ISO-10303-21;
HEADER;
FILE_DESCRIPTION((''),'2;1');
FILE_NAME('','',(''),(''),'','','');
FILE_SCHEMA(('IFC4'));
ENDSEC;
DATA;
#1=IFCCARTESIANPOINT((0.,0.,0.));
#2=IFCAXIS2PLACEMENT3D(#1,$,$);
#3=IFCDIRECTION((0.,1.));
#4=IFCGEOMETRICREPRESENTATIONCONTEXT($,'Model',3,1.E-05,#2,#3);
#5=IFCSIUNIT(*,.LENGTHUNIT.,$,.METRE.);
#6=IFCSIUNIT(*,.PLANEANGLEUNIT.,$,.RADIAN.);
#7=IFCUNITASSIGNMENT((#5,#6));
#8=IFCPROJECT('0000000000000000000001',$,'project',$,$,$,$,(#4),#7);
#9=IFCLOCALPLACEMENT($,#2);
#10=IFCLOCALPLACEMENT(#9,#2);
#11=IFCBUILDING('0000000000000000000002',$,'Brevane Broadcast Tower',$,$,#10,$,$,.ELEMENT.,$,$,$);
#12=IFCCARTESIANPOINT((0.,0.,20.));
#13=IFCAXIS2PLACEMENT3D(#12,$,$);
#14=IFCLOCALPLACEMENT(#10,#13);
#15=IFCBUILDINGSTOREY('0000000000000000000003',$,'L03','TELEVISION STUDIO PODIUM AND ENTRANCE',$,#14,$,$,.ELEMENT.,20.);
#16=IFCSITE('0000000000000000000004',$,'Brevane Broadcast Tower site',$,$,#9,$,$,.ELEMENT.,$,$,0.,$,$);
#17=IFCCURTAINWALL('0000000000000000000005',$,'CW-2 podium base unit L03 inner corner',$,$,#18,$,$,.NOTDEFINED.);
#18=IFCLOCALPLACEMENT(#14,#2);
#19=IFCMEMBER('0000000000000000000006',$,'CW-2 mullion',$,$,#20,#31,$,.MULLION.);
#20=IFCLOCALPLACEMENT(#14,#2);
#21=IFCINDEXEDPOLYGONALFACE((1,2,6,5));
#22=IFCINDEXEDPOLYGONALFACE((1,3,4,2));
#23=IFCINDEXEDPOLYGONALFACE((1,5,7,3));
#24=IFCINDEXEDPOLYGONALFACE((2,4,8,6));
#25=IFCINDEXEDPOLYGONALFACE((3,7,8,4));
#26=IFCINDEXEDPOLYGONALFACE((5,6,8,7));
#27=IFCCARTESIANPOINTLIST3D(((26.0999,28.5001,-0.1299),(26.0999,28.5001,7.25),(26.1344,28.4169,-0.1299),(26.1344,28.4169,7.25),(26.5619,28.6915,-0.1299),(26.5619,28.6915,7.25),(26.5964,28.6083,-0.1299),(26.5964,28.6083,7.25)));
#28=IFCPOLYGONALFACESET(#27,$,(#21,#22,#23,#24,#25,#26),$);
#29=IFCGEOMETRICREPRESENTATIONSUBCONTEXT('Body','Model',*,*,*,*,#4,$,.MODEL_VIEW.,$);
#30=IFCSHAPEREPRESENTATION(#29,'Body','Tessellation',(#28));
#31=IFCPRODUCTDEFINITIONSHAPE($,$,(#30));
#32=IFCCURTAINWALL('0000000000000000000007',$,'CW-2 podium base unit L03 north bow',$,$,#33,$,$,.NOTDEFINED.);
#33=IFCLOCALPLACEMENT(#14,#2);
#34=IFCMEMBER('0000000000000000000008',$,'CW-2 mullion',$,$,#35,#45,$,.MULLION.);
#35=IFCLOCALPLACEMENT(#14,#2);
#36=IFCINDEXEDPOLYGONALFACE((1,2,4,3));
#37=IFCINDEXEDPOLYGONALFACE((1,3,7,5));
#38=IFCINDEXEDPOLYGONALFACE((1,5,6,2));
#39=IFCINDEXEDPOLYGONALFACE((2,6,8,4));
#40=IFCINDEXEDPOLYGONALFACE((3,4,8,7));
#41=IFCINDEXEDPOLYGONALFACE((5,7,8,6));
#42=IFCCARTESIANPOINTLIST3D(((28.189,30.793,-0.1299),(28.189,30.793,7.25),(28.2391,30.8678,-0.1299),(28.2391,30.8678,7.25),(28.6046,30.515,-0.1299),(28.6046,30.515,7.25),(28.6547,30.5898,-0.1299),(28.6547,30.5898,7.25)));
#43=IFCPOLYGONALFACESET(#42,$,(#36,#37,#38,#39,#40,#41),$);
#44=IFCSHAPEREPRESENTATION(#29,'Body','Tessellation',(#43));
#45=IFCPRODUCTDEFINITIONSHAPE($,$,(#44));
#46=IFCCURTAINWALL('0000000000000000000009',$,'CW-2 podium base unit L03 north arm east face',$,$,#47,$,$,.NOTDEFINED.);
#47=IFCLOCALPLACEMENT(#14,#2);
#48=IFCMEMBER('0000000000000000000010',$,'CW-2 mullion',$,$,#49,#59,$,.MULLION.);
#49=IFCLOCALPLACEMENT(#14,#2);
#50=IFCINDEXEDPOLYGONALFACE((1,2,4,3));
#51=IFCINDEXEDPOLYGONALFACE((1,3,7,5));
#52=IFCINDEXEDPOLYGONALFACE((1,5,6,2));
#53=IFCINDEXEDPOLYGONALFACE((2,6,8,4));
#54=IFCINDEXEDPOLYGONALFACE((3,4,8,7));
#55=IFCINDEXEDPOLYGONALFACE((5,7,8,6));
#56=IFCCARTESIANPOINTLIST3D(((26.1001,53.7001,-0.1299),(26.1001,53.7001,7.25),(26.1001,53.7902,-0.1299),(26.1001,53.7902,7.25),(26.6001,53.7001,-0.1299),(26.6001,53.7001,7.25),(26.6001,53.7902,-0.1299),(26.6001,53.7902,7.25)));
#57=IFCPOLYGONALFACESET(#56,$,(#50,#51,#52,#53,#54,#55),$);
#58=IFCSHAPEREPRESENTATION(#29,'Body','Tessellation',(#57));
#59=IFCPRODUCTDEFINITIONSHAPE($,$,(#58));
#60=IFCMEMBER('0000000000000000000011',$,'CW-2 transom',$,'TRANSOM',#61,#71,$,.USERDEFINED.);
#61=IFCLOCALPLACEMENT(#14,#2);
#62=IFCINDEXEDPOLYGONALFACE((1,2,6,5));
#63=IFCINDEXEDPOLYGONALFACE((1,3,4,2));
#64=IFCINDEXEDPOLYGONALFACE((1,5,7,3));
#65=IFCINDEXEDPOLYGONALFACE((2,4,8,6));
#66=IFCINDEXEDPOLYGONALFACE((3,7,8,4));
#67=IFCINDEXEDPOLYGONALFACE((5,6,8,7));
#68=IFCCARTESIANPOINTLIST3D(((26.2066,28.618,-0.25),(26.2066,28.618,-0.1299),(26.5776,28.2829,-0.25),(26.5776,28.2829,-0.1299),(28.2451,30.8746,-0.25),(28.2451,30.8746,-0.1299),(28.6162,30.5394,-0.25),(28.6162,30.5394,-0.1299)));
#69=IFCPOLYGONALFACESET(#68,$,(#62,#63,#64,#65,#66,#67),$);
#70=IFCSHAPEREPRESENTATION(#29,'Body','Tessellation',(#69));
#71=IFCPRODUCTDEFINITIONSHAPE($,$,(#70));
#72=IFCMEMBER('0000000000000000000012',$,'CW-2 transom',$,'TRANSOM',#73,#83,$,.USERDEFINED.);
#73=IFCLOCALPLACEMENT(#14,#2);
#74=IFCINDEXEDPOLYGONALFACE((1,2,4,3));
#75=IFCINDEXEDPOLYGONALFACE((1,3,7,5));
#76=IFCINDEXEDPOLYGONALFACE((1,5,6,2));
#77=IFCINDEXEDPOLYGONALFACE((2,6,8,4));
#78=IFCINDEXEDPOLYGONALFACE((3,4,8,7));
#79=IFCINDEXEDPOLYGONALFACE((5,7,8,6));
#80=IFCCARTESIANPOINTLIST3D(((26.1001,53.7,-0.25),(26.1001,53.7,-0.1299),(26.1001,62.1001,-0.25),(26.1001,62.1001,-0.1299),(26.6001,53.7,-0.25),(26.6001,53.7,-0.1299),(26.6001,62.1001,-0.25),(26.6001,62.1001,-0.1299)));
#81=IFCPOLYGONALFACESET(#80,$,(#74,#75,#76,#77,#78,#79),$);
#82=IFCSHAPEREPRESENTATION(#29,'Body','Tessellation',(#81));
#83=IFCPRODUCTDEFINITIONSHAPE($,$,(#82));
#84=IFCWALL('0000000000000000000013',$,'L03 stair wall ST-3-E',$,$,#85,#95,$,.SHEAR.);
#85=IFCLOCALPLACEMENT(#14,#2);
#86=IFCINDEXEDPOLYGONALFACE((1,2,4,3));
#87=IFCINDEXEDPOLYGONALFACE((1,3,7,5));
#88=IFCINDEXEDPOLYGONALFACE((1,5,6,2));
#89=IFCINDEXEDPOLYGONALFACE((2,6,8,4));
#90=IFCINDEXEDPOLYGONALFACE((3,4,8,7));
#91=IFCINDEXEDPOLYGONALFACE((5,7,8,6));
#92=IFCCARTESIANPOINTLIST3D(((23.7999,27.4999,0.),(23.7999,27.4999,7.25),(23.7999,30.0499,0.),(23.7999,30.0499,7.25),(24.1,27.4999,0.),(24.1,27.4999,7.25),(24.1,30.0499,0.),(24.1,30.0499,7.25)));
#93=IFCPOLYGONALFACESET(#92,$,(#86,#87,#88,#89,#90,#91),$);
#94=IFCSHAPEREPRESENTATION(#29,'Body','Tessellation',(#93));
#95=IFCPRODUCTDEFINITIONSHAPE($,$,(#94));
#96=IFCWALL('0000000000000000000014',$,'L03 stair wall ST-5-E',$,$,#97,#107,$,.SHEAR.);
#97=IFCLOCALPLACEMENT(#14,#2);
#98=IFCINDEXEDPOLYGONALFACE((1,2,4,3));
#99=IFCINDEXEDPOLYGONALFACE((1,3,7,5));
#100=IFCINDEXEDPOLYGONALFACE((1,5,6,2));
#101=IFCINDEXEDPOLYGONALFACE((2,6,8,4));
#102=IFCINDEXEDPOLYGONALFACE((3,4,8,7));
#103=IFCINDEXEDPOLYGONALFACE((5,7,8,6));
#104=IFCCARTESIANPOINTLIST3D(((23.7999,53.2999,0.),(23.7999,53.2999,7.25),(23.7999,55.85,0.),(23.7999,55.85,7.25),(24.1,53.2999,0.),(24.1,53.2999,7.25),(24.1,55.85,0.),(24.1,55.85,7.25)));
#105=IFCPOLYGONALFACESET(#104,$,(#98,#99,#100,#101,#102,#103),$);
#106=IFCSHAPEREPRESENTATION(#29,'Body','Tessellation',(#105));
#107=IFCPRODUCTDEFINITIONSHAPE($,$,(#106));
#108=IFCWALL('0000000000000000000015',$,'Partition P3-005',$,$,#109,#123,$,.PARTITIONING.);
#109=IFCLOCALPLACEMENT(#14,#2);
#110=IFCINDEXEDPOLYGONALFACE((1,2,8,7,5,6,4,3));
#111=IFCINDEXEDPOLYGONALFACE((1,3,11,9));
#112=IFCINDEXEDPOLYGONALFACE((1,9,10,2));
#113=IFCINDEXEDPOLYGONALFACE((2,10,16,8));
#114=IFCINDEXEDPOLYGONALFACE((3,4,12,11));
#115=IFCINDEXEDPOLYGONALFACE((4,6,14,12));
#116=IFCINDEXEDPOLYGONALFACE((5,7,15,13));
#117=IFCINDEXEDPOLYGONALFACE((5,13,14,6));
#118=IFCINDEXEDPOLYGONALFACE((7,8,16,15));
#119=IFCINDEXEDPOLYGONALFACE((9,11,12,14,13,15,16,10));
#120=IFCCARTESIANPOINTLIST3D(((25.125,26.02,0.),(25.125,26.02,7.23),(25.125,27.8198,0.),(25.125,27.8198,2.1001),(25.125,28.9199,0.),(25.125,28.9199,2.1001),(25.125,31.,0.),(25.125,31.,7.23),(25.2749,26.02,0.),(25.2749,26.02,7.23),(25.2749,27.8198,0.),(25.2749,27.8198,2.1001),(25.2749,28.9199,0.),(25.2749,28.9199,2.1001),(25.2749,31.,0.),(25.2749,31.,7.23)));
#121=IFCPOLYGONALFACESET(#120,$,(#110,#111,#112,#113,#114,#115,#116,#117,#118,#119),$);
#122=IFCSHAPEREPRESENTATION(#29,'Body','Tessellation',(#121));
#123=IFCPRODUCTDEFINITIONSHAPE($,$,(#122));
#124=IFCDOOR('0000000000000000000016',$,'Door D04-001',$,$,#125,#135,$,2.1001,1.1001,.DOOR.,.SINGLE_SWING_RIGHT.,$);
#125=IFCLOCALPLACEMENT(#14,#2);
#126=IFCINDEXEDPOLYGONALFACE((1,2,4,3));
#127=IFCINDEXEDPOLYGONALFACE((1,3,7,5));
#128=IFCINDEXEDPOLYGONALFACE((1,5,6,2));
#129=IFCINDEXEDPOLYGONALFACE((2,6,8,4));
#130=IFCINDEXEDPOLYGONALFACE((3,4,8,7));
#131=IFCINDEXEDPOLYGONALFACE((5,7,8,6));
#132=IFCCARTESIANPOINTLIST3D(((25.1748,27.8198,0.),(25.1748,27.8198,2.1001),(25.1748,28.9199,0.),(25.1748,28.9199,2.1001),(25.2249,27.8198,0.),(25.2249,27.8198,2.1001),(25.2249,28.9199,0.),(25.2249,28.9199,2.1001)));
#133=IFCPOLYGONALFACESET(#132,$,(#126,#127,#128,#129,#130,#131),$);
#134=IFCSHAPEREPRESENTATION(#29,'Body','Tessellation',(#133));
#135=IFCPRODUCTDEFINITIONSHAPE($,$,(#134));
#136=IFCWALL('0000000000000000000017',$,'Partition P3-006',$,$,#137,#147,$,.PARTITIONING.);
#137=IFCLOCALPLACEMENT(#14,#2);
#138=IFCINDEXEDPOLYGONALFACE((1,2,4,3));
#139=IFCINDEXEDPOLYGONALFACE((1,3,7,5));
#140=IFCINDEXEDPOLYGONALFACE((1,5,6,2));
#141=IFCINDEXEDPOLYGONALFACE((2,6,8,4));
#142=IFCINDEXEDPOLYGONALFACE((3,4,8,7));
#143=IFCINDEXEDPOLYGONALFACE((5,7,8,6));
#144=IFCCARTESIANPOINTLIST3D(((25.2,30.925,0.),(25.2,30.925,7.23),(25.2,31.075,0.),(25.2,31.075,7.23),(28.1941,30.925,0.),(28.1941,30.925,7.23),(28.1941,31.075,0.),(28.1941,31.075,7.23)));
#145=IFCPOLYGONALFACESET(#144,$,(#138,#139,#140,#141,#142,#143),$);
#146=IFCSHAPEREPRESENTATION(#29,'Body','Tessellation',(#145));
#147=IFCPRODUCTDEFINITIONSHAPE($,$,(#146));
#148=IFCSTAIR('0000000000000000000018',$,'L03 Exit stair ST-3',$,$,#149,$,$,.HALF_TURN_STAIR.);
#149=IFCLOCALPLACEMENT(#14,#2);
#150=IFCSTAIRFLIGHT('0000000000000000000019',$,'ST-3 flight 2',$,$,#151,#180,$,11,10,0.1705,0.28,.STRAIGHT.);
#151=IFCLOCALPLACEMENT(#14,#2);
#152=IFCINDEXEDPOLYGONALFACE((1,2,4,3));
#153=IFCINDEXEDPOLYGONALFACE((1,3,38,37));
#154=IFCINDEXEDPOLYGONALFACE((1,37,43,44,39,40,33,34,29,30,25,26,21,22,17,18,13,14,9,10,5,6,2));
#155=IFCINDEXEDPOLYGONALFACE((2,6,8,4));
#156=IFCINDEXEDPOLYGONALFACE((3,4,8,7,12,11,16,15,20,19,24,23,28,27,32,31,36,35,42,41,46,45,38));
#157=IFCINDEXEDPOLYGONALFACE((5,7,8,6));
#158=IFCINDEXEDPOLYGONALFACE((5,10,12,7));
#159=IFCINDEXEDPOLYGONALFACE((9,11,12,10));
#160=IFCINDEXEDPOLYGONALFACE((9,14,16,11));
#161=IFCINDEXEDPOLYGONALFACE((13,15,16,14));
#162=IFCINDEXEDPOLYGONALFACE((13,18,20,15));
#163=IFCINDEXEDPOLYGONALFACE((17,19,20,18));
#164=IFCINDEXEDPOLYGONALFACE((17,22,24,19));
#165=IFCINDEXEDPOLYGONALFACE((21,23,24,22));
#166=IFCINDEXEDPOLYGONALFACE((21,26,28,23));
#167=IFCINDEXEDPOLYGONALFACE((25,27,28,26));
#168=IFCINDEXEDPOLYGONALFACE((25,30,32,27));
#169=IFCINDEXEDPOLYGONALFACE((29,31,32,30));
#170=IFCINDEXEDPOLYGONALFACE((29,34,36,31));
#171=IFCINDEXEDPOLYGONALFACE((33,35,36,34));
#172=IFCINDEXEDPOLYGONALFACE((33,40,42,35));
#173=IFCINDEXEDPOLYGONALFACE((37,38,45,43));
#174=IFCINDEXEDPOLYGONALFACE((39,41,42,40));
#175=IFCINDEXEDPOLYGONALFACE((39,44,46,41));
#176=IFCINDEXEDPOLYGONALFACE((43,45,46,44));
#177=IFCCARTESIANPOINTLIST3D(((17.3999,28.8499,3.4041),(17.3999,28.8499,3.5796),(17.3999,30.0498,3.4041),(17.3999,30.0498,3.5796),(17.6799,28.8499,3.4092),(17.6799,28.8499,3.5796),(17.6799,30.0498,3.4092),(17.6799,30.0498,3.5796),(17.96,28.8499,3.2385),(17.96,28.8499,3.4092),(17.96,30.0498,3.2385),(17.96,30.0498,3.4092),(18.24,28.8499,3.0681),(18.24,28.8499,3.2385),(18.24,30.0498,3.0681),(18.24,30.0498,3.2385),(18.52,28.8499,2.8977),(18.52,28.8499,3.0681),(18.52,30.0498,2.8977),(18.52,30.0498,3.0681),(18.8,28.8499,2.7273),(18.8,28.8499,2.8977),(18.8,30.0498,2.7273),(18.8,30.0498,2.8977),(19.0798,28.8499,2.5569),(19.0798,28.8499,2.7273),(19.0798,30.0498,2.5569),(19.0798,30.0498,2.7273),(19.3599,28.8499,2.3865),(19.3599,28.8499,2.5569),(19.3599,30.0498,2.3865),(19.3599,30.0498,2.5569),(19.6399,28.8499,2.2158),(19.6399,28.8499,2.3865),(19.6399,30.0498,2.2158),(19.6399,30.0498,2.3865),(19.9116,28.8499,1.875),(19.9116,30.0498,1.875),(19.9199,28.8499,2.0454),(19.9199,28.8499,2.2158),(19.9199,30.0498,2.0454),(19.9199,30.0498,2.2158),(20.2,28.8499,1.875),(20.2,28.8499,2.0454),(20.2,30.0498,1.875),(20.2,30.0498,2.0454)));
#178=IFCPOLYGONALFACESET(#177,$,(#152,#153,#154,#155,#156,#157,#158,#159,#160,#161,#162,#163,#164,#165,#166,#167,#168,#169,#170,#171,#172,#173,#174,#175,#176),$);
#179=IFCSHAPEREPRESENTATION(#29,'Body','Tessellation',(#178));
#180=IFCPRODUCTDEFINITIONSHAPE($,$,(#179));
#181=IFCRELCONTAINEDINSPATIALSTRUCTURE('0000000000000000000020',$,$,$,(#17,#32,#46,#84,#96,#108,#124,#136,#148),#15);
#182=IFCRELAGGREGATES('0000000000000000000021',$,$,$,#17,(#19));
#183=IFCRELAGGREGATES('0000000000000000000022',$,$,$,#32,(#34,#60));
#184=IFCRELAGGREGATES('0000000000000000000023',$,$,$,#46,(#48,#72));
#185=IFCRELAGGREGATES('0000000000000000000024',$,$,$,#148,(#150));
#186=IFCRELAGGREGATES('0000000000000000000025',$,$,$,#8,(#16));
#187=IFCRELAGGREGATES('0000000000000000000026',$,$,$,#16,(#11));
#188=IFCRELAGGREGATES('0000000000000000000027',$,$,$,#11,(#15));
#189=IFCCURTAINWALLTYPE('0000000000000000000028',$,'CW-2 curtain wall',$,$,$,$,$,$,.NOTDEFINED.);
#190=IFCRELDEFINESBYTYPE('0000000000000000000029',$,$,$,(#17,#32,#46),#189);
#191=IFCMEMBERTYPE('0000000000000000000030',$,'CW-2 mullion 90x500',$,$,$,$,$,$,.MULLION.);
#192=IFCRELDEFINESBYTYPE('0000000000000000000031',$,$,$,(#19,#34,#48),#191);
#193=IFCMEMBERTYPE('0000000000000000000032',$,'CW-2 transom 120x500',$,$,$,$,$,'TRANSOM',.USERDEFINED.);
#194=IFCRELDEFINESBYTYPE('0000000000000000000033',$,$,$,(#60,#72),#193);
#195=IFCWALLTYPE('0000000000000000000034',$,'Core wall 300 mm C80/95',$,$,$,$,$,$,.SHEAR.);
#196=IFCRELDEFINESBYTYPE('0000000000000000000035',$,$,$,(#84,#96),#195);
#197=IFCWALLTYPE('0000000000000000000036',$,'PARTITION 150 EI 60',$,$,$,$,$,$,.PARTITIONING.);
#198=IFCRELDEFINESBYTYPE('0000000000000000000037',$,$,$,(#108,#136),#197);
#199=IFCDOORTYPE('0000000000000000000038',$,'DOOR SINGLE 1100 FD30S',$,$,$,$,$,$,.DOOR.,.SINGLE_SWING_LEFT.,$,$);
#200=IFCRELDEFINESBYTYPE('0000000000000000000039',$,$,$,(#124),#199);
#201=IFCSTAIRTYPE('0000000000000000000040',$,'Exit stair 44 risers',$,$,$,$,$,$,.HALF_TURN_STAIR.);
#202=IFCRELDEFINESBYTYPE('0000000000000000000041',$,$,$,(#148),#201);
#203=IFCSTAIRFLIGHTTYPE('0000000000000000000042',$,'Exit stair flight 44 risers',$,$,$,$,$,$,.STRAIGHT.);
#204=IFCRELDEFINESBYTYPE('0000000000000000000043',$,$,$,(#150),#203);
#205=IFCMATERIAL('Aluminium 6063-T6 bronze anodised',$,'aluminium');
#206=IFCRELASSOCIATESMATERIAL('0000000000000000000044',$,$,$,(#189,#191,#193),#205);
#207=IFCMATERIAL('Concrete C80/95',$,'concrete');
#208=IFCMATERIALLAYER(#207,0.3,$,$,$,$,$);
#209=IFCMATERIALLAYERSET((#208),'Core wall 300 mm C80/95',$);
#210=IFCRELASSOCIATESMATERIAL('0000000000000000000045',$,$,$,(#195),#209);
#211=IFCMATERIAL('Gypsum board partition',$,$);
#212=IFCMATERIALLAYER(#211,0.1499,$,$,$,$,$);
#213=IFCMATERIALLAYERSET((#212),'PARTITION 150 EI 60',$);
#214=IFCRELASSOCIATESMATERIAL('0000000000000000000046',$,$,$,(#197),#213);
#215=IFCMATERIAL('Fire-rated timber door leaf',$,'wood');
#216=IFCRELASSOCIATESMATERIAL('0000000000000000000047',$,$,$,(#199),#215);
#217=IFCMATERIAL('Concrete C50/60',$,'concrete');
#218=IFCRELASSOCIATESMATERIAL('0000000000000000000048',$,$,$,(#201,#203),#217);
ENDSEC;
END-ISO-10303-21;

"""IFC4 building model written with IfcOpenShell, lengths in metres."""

from ifc_helpers import new_model, si_unit, direction, frame, frame_2d, origin, origin_2d, place, context, subcontext, project, spatial, polyline, rectangle, outline, extrude, material, layer, layer_set, material_profile, profile_set, type_object, element, fill, aggregate, save


model = new_model("IFC4")

# Units and contexts
model_context = context("Model", 3, precision=1e-05, world=origin(), true_north=direction((0.0, 1.0)))
body_context = subcontext(model_context, "Body", "Model", "MODEL_VIEW")
ifc_project = project(units=[si_unit("LENGTHUNIT", "METRE"), si_unit("PLANEANGLEUNIT", "RADIAN")], contexts=[model_context])

# Site, building, storey
site_placement = place(None, origin())
site = spatial("IfcSite", under=ifc_project, at=site_placement, Name="Brevane Broadcast Tower site", CompositionType="ELEMENT", RefElevation=0.0)
building_placement = place(site_placement, origin())
building = spatial("IfcBuilding", under=site, at=building_placement, Name="Brevane Broadcast Tower", CompositionType="ELEMENT")
storey_placement = place(building_placement, frame((0.0, 0.0, 20.0)))
storey = spatial("IfcBuildingStorey", under=building, at=storey_placement, Name="L03", Description="TELEVISION STUDIO PODIUM AND ENTRANCE", CompositionType="ELEMENT", Elevation=20.0)

# Curtain walls, members
ifc_material_1 = material(Name="Aluminium 6063-T6 bronze anodised", Category="aluminium")
curtain_wall_type = type_object("IfcCurtainWallType", Name="CW-2 curtain wall", PredefinedType="NOTDEFINED", material=ifc_material_1)
curtain_wall_1_placement = place(storey_placement, origin())
curtain_wall_1 = element("IfcCurtainWall", 1, at=curtain_wall_1_placement, inside=storey, type_object=curtain_wall_type, Name="CW-2 podium base unit L03 inner corner", PredefinedType="NOTDEFINED")
ifc_material_profile_1 = material_profile(ifc_material_1, rectangle(XDim=0.5, YDim=0.0901, at=origin_2d()), Name="RECT 90x500")
ifc_profile_set_1 = profile_set([ifc_material_profile_1], Name="Aluminium 6063-T6 bronze anodised")
member_type_1 = type_object("IfcMemberType", Name="CW-2 mullion 90x500", PredefinedType="MULLION", material=ifc_profile_set_1)
member_1_placement = place(storey_placement, frame((26.3481, 28.5542, -0.1299), z_axis=(0.0, 0.0, 1.0), x_axis=(-0.923879, -0.382684, 0.0)))
member_1 = element("IfcMember", 2, at=member_1_placement, type_object=member_type_1, Name="CW-2 mullion", PredefinedType="MULLION", context=body_context, shape_type="SweptSolid", body=[
    extrude(rectangle(XDim=0.5, YDim=0.0901, at=origin_2d()), origin(), (0.0, 0.0, 1.0), 7.3799),
])
aggregate(curtain_wall_1, [member_1])
curtain_wall_2_placement = place(storey_placement, origin())
curtain_wall_2 = element("IfcCurtainWall", 3, at=curtain_wall_2_placement, inside=storey, type_object=curtain_wall_type, Name="CW-2 podium base unit L03 north bow", PredefinedType="NOTDEFINED")
member_2_placement = place(storey_placement, frame((28.4219, 30.6914, -0.1299), z_axis=(0.0, 0.0, 1.0), x_axis=(-0.831184, 0.555997, 0.0)))
member_2 = element("IfcMember", 4, at=member_2_placement, type_object=member_type_1, Name="CW-2 mullion", PredefinedType="MULLION", context=body_context, shape_type="SweptSolid", body=[
    extrude(rectangle(XDim=0.5, YDim=0.0901, at=origin_2d()), origin(), (0.0, 0.0, 1.0), 7.3799),
])
curtain_wall_3_placement = place(storey_placement, origin())
curtain_wall_3 = element("IfcCurtainWall", 5, at=curtain_wall_3_placement, inside=storey, type_object=curtain_wall_type, Name="CW-2 podium base unit L03 north arm east face", PredefinedType="NOTDEFINED")
member_3_placement = place(storey_placement, frame((26.3501, 53.7451, -0.1299), z_axis=(0.0, 0.0, 1.0), x_axis=(-1.0, 0.0, 0.0)))
member_3 = element("IfcMember", 6, at=member_3_placement, type_object=member_type_1, Name="CW-2 mullion", PredefinedType="MULLION", context=body_context, shape_type="SweptSolid", body=[
    extrude(rectangle(XDim=0.5, YDim=0.0901, at=origin_2d()), origin(), (0.0, 0.0, 1.0), 7.3799),
])

# Members
ifc_material_profile_2 = material_profile(ifc_material_1, rectangle(XDim=0.5, YDim=0.1201, at=origin_2d()), Name="RECT 120x500")
ifc_profile_set_2 = profile_set([ifc_material_profile_2], Name="Aluminium 6063-T6 bronze anodised")
member_type_2 = type_object("IfcMemberType", Name="CW-2 transom 120x500", ElementType="TRANSOM", PredefinedType="USERDEFINED", material=ifc_profile_set_2)
member_4_placement = place(storey_placement, frame((26.3921, 28.4504, -0.1899), z_axis=(0.670352, 0.742043, 0.0), x_axis=(-0.742043, 0.670352, 0.0)))
member_4 = element("IfcMember", 7, at=member_4_placement, type_object=member_type_2, Name="CW-2 transom", ObjectType="TRANSOM", PredefinedType="USERDEFINED", context=body_context, shape_type="SweptSolid", body=[
    extrude(rectangle(XDim=0.5, YDim=0.1201, at=origin_2d()), origin(), (0.0, 0.0, 1.0), 3.041),
])
aggregate(curtain_wall_2, [member_2, member_4])
member_5_placement = place(storey_placement, frame((26.3501, 53.7, -0.1899), z_axis=(0.0, 1.0, 0.0), x_axis=(-1.0, 0.0, 0.0)))
member_5 = element("IfcMember", 8, at=member_5_placement, type_object=member_type_2, Name="CW-2 transom", ObjectType="TRANSOM", PredefinedType="USERDEFINED", context=body_context, shape_type="SweptSolid", body=[
    extrude(rectangle(XDim=0.5, YDim=0.1201, at=origin_2d()), origin(), (0.0, 0.0, 1.0), 8.4001),
])
aggregate(curtain_wall_3, [member_3, member_5])

# Walls
ifc_material_2 = material(Name="Concrete C80/95", Category="concrete")
ifc_layer_1 = layer(ifc_material_2, 0.3)
ifc_layer_set_1 = layer_set([ifc_layer_1], Name="Core wall 300 mm C80/95")
wall_type_1 = type_object("IfcWallType", Name="Core wall 300 mm C80/95", PredefinedType="SHEAR", material=ifc_layer_set_1)
for number, where, z_axis, x_axis, name in (
    (9, (23.95, 27.5, 0.0), (0.0, 0.0, 1.0), (0.0, 1.0, 0.0), "L03 stair wall ST-3-E"),
    (10, (23.95, 53.3, 0.0), (0.0, 0.0, 1.0), (0.0, 1.0, 0.0), "L03 stair wall ST-5-E"),
):
    element("IfcWall", number, at=place(storey_placement, frame(where, z_axis=z_axis, x_axis=x_axis)), inside=storey, type_object=wall_type_1, Name=name, PredefinedType="SHEAR", context=body_context, shape_type="SweptSolid", body=[
        extrude(rectangle(XDim=2.55, YDim=0.3, at=frame_2d((1.2749, 0.0))), origin(), (0.0, 0.0, 1.0), 7.25),
    ])

# Wall, opening, door
ifc_material_3 = material(Name="Gypsum board partition")
ifc_layer_2 = layer(ifc_material_3, 0.1499)
ifc_layer_set_2 = layer_set([ifc_layer_2], Name="PARTITION 150 EI 60")
wall_type_2 = type_object("IfcWallType", Name="PARTITION 150 EI 60", PredefinedType="PARTITIONING", material=ifc_layer_set_2)
wall_1_placement = place(storey_placement, frame((25.2, 31.0, 0.0), z_axis=(0.0, 0.0, 1.0), x_axis=(0.0, -1.0, 0.0)))
wall_1 = element("IfcWall", 11, at=wall_1_placement, inside=storey, type_object=wall_type_2, Name="Partition P3-005", PredefinedType="PARTITIONING", context=body_context, shape_type="SweptSolid", body=[
    extrude(rectangle(XDim=4.98, YDim=0.1499, at=frame_2d((2.49, 0.0))), origin(), (0.0, 0.0, 1.0), 7.23),
])
opening_placement = place(wall_1_placement, frame((2.0801, 0.0, 0.0)))
opening = element("IfcOpeningElement", 12, at=opening_placement, cuts=wall_1, PredefinedType="OPENING", context=body_context, shape_type="SweptSolid", body=[
    extrude(rectangle(XDim=1.1001, YDim=2.1001, at=frame_2d((0.55, 1.05))), frame((0.0, 0.085, 0.0), z_axis=(0.0, -1.0, 0.0), x_axis=(1.0, 0.0, 0.0)), (0.0, 0.0, 1.0), 0.1699),
])
ifc_material_4 = material(Name="Fire-rated timber door leaf", Category="wood")
door_type = type_object("IfcDoorType", Name="DOOR SINGLE 1100 FD30S", OperationType="SINGLE_SWING_LEFT", PredefinedType="DOOR", material=ifc_material_4)
door_placement = place(opening_placement, origin())
door = element("IfcDoor", 13, at=door_placement, inside=storey, type_object=door_type, Name="Door D04-001", OperationType="SINGLE_SWING_RIGHT", OverallHeight=2.1001, OverallWidth=1.1001, PredefinedType="DOOR", context=body_context, shape_type="SweptSolid", body=[
    extrude(rectangle(XDim=1.1001, YDim=2.1001, at=frame_2d((0.55, 1.05))), frame((0.0, 0.0249, 0.0), z_axis=(0.0, -1.0, 0.0), x_axis=(1.0, 0.0, 0.0)), (0.0, 0.0, 1.0), 0.05),
])
fill(opening, door)

# Wall
wall_2_placement = place(storey_placement, frame((25.2, 31.0, 0.0), z_axis=(0.0, 0.0, 1.0), x_axis=(1.0, 0.0, 0.0)))
element("IfcWall", 14, at=wall_2_placement, inside=storey, type_object=wall_type_2, Name="Partition P3-006", PredefinedType="PARTITIONING", context=body_context, shape_type="SweptSolid", body=[
    extrude(rectangle(XDim=2.9941, YDim=0.1499, at=frame_2d((1.4971, 0.0))), origin(), (0.0, 0.0, 1.0), 7.23),
])

# Stair, stair flight
ifc_material_5 = material(Name="Concrete C50/60", Category="concrete")
stair_type = type_object("IfcStairType", Name="Exit stair 44 risers", PredefinedType="HALF_TURN_STAIR", material=ifc_material_5)
stair_1_placement = place(storey_placement, origin())
stair_1 = element("IfcStair", 15, at=stair_1_placement, inside=storey, type_object=stair_type, Name="L03 Exit stair ST-3", PredefinedType="HALF_TURN_STAIR")
stair_flight_type = type_object("IfcStairFlightType", Name="Exit stair flight 44 risers", PredefinedType="STRAIGHT", material=ifc_material_5)
stair_flight_1_placement = place(storey_placement, frame((20.2, 29.45, 1.875), z_axis=(0.0, 0.0, 1.0), x_axis=(-1.0, 0.0, 0.0)))
stair_flight_1 = element("IfcStairFlight", 16, at=stair_flight_1_placement, type_object=stair_flight_type, Name="ST-3 flight 2", NumberOfRisers=11, NumberOfTreads=10, PredefinedType="STRAIGHT", RiserHeight=0.1705, TreadLength=0.28, context=body_context, shape_type="SweptSolid", body=[
    extrude(outline(polyline([(0.0, 0.0), (0.0, 0.1704), (0.28, 0.1704), (0.28, 0.3408), (0.5601, 0.3408), (0.5601, 0.5115), (0.8401, 0.5115), (0.8401, 0.6819), (1.1201, 0.6819), (1.1201, 0.8523), (1.3999, 0.8523), (1.3999, 1.0227), (1.6799, 1.0227), (1.6799, 1.1931), (1.96, 1.1931), (1.96, 1.3635), (2.24, 1.3635), (2.24, 1.5342), (2.52, 1.5342), (2.52, 1.7046), (2.8, 1.7046), (2.8, 1.875), (2.8, 1.5291), (0.2883, 0.0), (0.0, 0.0)])), frame((0.0, 0.6001, 0.0), z_axis=(0.0, -1.0, 0.0), x_axis=(1.0, 0.0, 0.0)), (0.0, 0.0, 1.0), 1.2),
])
aggregate(stair_1, [stair_flight_1])

save(model, "model.ifc")
